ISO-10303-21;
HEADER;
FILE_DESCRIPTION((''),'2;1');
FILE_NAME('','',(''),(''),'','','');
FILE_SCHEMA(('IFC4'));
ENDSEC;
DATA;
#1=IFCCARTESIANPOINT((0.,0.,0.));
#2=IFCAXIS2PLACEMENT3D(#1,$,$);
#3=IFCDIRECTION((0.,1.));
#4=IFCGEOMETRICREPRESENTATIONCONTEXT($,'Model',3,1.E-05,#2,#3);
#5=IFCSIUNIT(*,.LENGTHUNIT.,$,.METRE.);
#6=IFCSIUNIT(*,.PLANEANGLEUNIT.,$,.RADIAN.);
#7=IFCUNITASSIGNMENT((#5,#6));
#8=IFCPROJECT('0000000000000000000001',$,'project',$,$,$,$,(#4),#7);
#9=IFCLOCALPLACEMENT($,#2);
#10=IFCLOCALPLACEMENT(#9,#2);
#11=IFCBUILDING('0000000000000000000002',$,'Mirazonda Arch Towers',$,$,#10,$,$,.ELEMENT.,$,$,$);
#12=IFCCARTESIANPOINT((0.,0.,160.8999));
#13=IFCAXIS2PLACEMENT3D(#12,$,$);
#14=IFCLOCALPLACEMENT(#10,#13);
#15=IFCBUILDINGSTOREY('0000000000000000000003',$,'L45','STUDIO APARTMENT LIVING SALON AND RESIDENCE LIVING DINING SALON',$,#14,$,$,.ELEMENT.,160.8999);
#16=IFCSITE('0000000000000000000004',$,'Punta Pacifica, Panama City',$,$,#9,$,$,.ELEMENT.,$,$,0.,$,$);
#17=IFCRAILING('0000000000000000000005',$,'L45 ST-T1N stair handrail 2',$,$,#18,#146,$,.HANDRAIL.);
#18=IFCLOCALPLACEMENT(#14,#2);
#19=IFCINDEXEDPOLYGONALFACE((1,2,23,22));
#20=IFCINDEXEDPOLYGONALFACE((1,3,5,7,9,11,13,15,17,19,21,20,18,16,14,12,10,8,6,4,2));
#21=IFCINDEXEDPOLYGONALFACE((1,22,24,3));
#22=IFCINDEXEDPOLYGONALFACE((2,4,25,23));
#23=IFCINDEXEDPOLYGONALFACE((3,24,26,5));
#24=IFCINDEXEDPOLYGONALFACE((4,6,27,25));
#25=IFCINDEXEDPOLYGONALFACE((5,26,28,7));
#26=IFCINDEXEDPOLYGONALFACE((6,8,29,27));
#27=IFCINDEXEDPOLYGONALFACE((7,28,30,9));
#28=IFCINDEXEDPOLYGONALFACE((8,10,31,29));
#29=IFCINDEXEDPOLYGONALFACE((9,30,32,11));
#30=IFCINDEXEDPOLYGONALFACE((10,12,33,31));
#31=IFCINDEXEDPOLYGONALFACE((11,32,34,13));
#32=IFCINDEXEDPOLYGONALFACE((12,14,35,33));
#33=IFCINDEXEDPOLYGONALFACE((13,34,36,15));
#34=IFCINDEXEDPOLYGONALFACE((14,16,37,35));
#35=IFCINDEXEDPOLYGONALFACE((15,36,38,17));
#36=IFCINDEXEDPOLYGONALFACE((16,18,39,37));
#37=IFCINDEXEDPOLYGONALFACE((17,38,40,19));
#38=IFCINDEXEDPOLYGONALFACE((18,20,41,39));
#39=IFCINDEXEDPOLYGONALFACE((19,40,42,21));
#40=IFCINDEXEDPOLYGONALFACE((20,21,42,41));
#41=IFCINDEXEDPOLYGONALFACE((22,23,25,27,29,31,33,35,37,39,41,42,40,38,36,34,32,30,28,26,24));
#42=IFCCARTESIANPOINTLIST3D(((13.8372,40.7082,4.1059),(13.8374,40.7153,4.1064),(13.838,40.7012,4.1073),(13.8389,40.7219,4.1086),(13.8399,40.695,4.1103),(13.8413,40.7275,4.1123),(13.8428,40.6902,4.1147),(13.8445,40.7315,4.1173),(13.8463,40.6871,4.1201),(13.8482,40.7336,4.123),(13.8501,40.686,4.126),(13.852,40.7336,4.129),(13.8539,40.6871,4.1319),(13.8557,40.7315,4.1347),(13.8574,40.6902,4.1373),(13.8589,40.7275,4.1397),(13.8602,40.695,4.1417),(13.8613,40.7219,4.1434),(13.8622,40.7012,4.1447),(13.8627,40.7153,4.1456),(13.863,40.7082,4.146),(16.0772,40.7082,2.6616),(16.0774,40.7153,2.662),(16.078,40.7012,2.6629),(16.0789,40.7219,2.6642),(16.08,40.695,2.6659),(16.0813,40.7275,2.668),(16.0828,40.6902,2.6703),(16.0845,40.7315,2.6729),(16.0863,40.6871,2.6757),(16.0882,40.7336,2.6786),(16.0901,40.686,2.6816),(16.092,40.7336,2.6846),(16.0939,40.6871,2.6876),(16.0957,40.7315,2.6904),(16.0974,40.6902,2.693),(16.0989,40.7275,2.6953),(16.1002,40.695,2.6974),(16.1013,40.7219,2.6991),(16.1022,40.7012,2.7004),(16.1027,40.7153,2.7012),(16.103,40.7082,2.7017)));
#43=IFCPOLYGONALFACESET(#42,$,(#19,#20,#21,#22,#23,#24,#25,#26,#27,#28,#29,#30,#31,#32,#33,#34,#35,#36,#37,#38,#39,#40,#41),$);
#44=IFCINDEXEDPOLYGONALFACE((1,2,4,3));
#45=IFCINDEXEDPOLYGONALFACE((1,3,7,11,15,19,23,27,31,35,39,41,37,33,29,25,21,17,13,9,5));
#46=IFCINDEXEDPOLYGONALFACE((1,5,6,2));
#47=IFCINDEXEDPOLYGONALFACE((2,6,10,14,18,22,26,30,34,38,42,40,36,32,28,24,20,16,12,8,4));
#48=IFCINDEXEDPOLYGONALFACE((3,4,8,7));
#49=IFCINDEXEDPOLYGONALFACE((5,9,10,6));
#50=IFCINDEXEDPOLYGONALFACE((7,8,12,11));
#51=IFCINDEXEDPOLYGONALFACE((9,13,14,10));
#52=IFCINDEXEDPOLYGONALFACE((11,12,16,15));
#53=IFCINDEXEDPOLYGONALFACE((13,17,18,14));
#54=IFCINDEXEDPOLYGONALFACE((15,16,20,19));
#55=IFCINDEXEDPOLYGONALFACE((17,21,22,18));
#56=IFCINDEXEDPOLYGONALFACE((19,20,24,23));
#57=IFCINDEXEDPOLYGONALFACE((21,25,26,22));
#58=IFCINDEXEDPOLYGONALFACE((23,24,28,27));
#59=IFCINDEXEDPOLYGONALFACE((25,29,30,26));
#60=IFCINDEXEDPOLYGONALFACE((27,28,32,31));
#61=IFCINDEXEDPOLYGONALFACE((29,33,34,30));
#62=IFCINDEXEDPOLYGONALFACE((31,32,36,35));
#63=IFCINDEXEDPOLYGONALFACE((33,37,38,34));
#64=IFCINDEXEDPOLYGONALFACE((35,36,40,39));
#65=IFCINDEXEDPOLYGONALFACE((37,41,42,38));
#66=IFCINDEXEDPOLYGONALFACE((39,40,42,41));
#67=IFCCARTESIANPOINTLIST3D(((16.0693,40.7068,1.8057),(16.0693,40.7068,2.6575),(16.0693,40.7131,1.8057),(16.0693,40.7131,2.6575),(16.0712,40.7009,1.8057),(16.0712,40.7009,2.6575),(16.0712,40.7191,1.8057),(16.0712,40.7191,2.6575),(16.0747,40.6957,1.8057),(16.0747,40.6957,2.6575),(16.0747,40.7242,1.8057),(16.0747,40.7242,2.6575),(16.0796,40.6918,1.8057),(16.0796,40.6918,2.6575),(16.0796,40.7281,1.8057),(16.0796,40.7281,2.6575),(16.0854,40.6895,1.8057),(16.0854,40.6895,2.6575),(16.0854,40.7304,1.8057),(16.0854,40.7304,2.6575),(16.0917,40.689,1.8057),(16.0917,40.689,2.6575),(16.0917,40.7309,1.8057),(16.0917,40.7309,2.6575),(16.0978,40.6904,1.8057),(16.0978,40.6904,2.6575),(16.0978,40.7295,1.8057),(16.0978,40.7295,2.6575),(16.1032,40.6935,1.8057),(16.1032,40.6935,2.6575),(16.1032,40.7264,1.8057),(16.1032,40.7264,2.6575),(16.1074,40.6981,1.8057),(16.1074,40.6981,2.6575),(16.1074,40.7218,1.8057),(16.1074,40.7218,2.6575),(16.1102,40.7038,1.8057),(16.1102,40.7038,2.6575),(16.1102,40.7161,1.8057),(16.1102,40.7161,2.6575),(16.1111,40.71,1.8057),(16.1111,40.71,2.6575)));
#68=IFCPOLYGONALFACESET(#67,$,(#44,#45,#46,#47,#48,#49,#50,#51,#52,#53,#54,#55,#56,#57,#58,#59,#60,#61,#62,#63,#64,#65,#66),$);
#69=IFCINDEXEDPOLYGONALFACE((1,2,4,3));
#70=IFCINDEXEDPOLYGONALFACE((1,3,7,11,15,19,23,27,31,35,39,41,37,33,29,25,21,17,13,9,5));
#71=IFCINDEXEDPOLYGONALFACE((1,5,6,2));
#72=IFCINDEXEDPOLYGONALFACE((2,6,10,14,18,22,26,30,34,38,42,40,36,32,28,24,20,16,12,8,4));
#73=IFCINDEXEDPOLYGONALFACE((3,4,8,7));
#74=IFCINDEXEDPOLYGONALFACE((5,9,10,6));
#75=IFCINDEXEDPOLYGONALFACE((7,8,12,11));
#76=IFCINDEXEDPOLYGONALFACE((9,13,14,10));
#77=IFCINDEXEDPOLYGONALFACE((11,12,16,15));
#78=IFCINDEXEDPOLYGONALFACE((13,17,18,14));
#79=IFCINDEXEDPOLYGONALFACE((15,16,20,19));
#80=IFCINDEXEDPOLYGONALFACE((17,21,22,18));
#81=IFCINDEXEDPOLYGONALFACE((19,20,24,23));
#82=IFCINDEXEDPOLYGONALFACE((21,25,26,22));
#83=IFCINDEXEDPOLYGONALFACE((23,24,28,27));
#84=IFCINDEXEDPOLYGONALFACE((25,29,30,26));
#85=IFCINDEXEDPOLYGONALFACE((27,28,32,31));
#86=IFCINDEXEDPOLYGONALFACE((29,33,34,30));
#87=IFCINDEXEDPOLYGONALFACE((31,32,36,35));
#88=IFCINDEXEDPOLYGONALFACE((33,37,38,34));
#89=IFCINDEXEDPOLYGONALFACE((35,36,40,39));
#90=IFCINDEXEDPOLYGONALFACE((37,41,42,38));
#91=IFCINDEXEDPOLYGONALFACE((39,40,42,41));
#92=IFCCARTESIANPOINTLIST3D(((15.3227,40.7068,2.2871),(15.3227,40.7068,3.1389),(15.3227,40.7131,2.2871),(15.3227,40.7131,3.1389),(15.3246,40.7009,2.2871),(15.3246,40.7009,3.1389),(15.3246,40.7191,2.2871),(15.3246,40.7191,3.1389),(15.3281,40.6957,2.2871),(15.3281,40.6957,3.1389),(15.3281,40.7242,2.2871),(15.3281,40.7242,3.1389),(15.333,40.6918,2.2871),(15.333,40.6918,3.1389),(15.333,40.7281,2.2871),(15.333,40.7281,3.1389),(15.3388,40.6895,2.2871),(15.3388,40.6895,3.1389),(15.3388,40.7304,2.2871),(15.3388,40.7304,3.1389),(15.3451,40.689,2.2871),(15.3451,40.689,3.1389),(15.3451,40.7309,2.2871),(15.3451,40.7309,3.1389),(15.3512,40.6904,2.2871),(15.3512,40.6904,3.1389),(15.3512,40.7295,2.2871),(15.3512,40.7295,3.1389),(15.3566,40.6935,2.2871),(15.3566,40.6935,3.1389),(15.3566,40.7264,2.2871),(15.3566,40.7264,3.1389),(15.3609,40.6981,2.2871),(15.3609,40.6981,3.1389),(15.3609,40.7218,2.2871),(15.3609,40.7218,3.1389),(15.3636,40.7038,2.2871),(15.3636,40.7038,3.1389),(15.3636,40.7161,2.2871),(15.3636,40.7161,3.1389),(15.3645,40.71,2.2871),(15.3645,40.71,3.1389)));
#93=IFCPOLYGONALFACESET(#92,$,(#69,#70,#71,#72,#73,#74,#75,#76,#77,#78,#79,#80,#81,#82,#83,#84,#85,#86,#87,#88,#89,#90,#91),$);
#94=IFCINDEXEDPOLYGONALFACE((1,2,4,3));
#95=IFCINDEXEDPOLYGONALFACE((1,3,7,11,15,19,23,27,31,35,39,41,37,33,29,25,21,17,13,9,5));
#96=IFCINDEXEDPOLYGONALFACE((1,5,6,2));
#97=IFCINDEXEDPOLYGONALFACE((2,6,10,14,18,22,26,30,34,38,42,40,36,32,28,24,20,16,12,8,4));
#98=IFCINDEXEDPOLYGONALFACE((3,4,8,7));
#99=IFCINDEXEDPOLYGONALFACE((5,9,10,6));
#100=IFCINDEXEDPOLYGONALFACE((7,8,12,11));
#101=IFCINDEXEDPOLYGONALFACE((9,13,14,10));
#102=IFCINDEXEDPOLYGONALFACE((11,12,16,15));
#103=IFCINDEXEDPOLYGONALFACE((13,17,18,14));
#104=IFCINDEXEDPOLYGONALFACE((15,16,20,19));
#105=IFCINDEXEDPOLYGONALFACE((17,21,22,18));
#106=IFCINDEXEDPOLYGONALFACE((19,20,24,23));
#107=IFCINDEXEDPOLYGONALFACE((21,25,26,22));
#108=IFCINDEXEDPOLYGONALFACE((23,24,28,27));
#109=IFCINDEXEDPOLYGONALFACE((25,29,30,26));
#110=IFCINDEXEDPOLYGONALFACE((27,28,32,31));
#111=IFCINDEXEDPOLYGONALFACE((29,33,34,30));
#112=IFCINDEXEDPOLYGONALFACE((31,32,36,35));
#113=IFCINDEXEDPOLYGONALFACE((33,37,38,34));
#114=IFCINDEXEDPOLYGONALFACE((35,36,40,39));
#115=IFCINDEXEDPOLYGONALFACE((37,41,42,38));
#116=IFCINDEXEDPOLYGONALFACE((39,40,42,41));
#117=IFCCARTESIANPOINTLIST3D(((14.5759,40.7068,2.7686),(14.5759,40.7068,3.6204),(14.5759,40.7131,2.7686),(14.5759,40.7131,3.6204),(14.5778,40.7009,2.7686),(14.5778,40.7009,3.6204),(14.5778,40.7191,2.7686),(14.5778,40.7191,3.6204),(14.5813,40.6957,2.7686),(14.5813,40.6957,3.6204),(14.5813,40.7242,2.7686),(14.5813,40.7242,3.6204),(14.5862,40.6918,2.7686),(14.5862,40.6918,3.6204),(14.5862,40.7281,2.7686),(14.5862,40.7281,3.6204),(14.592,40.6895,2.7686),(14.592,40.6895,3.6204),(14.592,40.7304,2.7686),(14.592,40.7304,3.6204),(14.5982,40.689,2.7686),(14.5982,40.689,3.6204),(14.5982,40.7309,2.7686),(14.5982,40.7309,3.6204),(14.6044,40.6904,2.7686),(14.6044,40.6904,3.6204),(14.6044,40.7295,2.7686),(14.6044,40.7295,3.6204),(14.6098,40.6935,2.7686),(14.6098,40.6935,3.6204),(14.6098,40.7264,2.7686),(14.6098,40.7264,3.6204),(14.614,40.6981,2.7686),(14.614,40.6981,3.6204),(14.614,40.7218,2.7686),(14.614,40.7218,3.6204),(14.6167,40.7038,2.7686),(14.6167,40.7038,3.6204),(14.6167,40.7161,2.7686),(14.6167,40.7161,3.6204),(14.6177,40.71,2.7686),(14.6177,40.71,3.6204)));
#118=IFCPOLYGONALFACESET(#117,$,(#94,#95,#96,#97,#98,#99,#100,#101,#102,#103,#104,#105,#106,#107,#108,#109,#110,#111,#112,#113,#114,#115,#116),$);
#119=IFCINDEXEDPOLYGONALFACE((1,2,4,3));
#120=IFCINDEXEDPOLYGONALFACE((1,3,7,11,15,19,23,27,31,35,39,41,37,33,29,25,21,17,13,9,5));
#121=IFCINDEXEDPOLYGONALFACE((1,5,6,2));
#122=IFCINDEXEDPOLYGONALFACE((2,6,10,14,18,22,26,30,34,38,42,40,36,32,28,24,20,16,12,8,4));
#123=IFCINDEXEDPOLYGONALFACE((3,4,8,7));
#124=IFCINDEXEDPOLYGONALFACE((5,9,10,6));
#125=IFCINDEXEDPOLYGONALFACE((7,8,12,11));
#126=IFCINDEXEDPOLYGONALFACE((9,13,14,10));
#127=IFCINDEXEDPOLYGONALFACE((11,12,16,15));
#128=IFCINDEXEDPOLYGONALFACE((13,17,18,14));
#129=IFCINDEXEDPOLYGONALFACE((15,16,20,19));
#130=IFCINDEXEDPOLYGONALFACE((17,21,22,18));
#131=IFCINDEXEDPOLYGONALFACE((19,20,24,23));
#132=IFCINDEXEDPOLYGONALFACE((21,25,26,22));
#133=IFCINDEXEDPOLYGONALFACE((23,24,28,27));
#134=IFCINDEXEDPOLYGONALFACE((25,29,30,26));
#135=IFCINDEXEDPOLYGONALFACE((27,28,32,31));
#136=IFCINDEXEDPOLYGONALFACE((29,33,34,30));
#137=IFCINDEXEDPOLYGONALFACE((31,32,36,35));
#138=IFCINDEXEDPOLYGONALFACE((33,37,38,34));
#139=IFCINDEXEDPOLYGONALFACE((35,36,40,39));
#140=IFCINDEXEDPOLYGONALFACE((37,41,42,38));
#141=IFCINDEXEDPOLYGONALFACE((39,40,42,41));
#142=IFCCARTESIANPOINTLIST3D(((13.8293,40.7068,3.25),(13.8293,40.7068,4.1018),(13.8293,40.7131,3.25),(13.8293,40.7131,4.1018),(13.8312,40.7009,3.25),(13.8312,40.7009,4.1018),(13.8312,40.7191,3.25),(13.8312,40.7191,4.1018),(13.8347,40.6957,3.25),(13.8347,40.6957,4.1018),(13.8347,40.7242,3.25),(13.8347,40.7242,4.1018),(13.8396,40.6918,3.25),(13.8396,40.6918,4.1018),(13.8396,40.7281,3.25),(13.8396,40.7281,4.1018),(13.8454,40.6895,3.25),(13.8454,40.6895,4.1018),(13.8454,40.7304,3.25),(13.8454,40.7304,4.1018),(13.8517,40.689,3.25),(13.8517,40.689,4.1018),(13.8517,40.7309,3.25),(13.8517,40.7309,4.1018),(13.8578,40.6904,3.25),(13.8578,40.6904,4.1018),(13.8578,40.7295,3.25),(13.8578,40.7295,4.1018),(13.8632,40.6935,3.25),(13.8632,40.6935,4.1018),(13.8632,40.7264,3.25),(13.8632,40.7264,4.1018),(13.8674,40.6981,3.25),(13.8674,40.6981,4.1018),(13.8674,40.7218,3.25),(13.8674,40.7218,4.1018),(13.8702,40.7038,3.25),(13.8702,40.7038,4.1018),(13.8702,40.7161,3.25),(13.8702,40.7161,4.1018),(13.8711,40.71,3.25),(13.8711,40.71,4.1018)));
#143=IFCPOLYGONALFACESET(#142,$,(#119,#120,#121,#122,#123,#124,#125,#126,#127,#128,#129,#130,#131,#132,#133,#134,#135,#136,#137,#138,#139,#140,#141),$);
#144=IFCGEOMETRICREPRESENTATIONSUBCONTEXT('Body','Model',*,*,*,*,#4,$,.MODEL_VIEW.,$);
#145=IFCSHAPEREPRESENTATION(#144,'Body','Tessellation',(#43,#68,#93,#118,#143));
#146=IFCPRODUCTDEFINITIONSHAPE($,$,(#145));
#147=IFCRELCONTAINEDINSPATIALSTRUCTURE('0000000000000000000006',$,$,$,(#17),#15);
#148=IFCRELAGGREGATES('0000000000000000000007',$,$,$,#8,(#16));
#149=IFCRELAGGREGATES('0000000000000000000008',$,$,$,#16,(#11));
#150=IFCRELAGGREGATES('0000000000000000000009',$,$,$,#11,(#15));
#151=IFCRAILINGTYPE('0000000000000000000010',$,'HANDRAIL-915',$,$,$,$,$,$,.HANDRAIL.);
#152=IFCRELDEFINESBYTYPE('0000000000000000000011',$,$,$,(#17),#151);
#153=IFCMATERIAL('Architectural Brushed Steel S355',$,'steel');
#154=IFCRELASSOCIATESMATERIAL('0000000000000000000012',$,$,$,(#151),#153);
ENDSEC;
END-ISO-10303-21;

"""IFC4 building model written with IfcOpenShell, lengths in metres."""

from ifc_helpers import new_model, si_unit, direction, frame, origin, origin_2d, place, context, subcontext, project, spatial, circle, extrude, material, type_object, element, save


model = new_model("IFC4")

# Units and contexts
model_context = context("Model", 3, precision=1e-05, world=origin(), true_north=direction((0.0, 1.0)))
body_context = subcontext(model_context, "Body", "Model", "MODEL_VIEW")
ifc_project = project(units=[si_unit("LENGTHUNIT", "METRE"), si_unit("PLANEANGLEUNIT", "RADIAN")], contexts=[model_context])

# Site, building, storey
site_placement = place(None, origin())
site = spatial("IfcSite", under=ifc_project, at=site_placement, Name="Punta Pacifica, Panama City", CompositionType="ELEMENT", RefElevation=0.0)
building_placement = place(site_placement, origin())
building = spatial("IfcBuilding", under=site, at=building_placement, Name="Mirazonda Arch Towers", CompositionType="ELEMENT")
storey_placement = place(building_placement, frame((0.0, 0.0, 160.8999)))
storey = spatial("IfcBuildingStorey", under=building, at=storey_placement, Name="L45", Description="STUDIO APARTMENT LIVING SALON AND RESIDENCE LIVING DINING SALON", CompositionType="ELEMENT", Elevation=160.8999)

# Shared definitions
ifc_material_1 = material(Name="Architectural Brushed Steel S355", Category="steel")

# Railing
railing_type_1 = type_object("IfcRailingType", Name="HANDRAIL-915", PredefinedType="HANDRAIL", material=ifc_material_1)
railing_1_placement = place(storey_placement, frame((16.0901, 40.71, 1.8057)))
element("IfcRailing", 1, at=railing_1_placement, inside=storey, type_object=railing_type_1, Name="L45 ST-T1N stair handrail 2", PredefinedType="HANDRAIL", context=body_context, shape_type="SweptSolid", body=[
    extrude(circle(Radius=0.0239, at=origin_2d()), frame((0.0, 0.0, 0.876), z_axis=(-0.840437, 0.0, 0.54191), x_axis=(0.0, -1.0, 0.0)), (0.0, 0.0, 1.0), 2.6653),
    extrude(circle(Radius=0.021, at=origin_2d()), origin(), (0.0, 0.0, 1.0), 0.8518),
    extrude(circle(Radius=0.021, at=origin_2d()), frame((-0.7466, 0.0, 0.4814)), (0.0, 0.0, 1.0), 0.8518),
    extrude(circle(Radius=0.021, at=origin_2d()), frame((-1.4934, 0.0, 0.9629)), (0.0, 0.0, 1.0), 0.8518),
    extrude(circle(Radius=0.021, at=origin_2d()), frame((-2.24, 0.0, 1.4443)), (0.0, 0.0, 1.0), 0.8518),
])

save(model, "model.ifc")
